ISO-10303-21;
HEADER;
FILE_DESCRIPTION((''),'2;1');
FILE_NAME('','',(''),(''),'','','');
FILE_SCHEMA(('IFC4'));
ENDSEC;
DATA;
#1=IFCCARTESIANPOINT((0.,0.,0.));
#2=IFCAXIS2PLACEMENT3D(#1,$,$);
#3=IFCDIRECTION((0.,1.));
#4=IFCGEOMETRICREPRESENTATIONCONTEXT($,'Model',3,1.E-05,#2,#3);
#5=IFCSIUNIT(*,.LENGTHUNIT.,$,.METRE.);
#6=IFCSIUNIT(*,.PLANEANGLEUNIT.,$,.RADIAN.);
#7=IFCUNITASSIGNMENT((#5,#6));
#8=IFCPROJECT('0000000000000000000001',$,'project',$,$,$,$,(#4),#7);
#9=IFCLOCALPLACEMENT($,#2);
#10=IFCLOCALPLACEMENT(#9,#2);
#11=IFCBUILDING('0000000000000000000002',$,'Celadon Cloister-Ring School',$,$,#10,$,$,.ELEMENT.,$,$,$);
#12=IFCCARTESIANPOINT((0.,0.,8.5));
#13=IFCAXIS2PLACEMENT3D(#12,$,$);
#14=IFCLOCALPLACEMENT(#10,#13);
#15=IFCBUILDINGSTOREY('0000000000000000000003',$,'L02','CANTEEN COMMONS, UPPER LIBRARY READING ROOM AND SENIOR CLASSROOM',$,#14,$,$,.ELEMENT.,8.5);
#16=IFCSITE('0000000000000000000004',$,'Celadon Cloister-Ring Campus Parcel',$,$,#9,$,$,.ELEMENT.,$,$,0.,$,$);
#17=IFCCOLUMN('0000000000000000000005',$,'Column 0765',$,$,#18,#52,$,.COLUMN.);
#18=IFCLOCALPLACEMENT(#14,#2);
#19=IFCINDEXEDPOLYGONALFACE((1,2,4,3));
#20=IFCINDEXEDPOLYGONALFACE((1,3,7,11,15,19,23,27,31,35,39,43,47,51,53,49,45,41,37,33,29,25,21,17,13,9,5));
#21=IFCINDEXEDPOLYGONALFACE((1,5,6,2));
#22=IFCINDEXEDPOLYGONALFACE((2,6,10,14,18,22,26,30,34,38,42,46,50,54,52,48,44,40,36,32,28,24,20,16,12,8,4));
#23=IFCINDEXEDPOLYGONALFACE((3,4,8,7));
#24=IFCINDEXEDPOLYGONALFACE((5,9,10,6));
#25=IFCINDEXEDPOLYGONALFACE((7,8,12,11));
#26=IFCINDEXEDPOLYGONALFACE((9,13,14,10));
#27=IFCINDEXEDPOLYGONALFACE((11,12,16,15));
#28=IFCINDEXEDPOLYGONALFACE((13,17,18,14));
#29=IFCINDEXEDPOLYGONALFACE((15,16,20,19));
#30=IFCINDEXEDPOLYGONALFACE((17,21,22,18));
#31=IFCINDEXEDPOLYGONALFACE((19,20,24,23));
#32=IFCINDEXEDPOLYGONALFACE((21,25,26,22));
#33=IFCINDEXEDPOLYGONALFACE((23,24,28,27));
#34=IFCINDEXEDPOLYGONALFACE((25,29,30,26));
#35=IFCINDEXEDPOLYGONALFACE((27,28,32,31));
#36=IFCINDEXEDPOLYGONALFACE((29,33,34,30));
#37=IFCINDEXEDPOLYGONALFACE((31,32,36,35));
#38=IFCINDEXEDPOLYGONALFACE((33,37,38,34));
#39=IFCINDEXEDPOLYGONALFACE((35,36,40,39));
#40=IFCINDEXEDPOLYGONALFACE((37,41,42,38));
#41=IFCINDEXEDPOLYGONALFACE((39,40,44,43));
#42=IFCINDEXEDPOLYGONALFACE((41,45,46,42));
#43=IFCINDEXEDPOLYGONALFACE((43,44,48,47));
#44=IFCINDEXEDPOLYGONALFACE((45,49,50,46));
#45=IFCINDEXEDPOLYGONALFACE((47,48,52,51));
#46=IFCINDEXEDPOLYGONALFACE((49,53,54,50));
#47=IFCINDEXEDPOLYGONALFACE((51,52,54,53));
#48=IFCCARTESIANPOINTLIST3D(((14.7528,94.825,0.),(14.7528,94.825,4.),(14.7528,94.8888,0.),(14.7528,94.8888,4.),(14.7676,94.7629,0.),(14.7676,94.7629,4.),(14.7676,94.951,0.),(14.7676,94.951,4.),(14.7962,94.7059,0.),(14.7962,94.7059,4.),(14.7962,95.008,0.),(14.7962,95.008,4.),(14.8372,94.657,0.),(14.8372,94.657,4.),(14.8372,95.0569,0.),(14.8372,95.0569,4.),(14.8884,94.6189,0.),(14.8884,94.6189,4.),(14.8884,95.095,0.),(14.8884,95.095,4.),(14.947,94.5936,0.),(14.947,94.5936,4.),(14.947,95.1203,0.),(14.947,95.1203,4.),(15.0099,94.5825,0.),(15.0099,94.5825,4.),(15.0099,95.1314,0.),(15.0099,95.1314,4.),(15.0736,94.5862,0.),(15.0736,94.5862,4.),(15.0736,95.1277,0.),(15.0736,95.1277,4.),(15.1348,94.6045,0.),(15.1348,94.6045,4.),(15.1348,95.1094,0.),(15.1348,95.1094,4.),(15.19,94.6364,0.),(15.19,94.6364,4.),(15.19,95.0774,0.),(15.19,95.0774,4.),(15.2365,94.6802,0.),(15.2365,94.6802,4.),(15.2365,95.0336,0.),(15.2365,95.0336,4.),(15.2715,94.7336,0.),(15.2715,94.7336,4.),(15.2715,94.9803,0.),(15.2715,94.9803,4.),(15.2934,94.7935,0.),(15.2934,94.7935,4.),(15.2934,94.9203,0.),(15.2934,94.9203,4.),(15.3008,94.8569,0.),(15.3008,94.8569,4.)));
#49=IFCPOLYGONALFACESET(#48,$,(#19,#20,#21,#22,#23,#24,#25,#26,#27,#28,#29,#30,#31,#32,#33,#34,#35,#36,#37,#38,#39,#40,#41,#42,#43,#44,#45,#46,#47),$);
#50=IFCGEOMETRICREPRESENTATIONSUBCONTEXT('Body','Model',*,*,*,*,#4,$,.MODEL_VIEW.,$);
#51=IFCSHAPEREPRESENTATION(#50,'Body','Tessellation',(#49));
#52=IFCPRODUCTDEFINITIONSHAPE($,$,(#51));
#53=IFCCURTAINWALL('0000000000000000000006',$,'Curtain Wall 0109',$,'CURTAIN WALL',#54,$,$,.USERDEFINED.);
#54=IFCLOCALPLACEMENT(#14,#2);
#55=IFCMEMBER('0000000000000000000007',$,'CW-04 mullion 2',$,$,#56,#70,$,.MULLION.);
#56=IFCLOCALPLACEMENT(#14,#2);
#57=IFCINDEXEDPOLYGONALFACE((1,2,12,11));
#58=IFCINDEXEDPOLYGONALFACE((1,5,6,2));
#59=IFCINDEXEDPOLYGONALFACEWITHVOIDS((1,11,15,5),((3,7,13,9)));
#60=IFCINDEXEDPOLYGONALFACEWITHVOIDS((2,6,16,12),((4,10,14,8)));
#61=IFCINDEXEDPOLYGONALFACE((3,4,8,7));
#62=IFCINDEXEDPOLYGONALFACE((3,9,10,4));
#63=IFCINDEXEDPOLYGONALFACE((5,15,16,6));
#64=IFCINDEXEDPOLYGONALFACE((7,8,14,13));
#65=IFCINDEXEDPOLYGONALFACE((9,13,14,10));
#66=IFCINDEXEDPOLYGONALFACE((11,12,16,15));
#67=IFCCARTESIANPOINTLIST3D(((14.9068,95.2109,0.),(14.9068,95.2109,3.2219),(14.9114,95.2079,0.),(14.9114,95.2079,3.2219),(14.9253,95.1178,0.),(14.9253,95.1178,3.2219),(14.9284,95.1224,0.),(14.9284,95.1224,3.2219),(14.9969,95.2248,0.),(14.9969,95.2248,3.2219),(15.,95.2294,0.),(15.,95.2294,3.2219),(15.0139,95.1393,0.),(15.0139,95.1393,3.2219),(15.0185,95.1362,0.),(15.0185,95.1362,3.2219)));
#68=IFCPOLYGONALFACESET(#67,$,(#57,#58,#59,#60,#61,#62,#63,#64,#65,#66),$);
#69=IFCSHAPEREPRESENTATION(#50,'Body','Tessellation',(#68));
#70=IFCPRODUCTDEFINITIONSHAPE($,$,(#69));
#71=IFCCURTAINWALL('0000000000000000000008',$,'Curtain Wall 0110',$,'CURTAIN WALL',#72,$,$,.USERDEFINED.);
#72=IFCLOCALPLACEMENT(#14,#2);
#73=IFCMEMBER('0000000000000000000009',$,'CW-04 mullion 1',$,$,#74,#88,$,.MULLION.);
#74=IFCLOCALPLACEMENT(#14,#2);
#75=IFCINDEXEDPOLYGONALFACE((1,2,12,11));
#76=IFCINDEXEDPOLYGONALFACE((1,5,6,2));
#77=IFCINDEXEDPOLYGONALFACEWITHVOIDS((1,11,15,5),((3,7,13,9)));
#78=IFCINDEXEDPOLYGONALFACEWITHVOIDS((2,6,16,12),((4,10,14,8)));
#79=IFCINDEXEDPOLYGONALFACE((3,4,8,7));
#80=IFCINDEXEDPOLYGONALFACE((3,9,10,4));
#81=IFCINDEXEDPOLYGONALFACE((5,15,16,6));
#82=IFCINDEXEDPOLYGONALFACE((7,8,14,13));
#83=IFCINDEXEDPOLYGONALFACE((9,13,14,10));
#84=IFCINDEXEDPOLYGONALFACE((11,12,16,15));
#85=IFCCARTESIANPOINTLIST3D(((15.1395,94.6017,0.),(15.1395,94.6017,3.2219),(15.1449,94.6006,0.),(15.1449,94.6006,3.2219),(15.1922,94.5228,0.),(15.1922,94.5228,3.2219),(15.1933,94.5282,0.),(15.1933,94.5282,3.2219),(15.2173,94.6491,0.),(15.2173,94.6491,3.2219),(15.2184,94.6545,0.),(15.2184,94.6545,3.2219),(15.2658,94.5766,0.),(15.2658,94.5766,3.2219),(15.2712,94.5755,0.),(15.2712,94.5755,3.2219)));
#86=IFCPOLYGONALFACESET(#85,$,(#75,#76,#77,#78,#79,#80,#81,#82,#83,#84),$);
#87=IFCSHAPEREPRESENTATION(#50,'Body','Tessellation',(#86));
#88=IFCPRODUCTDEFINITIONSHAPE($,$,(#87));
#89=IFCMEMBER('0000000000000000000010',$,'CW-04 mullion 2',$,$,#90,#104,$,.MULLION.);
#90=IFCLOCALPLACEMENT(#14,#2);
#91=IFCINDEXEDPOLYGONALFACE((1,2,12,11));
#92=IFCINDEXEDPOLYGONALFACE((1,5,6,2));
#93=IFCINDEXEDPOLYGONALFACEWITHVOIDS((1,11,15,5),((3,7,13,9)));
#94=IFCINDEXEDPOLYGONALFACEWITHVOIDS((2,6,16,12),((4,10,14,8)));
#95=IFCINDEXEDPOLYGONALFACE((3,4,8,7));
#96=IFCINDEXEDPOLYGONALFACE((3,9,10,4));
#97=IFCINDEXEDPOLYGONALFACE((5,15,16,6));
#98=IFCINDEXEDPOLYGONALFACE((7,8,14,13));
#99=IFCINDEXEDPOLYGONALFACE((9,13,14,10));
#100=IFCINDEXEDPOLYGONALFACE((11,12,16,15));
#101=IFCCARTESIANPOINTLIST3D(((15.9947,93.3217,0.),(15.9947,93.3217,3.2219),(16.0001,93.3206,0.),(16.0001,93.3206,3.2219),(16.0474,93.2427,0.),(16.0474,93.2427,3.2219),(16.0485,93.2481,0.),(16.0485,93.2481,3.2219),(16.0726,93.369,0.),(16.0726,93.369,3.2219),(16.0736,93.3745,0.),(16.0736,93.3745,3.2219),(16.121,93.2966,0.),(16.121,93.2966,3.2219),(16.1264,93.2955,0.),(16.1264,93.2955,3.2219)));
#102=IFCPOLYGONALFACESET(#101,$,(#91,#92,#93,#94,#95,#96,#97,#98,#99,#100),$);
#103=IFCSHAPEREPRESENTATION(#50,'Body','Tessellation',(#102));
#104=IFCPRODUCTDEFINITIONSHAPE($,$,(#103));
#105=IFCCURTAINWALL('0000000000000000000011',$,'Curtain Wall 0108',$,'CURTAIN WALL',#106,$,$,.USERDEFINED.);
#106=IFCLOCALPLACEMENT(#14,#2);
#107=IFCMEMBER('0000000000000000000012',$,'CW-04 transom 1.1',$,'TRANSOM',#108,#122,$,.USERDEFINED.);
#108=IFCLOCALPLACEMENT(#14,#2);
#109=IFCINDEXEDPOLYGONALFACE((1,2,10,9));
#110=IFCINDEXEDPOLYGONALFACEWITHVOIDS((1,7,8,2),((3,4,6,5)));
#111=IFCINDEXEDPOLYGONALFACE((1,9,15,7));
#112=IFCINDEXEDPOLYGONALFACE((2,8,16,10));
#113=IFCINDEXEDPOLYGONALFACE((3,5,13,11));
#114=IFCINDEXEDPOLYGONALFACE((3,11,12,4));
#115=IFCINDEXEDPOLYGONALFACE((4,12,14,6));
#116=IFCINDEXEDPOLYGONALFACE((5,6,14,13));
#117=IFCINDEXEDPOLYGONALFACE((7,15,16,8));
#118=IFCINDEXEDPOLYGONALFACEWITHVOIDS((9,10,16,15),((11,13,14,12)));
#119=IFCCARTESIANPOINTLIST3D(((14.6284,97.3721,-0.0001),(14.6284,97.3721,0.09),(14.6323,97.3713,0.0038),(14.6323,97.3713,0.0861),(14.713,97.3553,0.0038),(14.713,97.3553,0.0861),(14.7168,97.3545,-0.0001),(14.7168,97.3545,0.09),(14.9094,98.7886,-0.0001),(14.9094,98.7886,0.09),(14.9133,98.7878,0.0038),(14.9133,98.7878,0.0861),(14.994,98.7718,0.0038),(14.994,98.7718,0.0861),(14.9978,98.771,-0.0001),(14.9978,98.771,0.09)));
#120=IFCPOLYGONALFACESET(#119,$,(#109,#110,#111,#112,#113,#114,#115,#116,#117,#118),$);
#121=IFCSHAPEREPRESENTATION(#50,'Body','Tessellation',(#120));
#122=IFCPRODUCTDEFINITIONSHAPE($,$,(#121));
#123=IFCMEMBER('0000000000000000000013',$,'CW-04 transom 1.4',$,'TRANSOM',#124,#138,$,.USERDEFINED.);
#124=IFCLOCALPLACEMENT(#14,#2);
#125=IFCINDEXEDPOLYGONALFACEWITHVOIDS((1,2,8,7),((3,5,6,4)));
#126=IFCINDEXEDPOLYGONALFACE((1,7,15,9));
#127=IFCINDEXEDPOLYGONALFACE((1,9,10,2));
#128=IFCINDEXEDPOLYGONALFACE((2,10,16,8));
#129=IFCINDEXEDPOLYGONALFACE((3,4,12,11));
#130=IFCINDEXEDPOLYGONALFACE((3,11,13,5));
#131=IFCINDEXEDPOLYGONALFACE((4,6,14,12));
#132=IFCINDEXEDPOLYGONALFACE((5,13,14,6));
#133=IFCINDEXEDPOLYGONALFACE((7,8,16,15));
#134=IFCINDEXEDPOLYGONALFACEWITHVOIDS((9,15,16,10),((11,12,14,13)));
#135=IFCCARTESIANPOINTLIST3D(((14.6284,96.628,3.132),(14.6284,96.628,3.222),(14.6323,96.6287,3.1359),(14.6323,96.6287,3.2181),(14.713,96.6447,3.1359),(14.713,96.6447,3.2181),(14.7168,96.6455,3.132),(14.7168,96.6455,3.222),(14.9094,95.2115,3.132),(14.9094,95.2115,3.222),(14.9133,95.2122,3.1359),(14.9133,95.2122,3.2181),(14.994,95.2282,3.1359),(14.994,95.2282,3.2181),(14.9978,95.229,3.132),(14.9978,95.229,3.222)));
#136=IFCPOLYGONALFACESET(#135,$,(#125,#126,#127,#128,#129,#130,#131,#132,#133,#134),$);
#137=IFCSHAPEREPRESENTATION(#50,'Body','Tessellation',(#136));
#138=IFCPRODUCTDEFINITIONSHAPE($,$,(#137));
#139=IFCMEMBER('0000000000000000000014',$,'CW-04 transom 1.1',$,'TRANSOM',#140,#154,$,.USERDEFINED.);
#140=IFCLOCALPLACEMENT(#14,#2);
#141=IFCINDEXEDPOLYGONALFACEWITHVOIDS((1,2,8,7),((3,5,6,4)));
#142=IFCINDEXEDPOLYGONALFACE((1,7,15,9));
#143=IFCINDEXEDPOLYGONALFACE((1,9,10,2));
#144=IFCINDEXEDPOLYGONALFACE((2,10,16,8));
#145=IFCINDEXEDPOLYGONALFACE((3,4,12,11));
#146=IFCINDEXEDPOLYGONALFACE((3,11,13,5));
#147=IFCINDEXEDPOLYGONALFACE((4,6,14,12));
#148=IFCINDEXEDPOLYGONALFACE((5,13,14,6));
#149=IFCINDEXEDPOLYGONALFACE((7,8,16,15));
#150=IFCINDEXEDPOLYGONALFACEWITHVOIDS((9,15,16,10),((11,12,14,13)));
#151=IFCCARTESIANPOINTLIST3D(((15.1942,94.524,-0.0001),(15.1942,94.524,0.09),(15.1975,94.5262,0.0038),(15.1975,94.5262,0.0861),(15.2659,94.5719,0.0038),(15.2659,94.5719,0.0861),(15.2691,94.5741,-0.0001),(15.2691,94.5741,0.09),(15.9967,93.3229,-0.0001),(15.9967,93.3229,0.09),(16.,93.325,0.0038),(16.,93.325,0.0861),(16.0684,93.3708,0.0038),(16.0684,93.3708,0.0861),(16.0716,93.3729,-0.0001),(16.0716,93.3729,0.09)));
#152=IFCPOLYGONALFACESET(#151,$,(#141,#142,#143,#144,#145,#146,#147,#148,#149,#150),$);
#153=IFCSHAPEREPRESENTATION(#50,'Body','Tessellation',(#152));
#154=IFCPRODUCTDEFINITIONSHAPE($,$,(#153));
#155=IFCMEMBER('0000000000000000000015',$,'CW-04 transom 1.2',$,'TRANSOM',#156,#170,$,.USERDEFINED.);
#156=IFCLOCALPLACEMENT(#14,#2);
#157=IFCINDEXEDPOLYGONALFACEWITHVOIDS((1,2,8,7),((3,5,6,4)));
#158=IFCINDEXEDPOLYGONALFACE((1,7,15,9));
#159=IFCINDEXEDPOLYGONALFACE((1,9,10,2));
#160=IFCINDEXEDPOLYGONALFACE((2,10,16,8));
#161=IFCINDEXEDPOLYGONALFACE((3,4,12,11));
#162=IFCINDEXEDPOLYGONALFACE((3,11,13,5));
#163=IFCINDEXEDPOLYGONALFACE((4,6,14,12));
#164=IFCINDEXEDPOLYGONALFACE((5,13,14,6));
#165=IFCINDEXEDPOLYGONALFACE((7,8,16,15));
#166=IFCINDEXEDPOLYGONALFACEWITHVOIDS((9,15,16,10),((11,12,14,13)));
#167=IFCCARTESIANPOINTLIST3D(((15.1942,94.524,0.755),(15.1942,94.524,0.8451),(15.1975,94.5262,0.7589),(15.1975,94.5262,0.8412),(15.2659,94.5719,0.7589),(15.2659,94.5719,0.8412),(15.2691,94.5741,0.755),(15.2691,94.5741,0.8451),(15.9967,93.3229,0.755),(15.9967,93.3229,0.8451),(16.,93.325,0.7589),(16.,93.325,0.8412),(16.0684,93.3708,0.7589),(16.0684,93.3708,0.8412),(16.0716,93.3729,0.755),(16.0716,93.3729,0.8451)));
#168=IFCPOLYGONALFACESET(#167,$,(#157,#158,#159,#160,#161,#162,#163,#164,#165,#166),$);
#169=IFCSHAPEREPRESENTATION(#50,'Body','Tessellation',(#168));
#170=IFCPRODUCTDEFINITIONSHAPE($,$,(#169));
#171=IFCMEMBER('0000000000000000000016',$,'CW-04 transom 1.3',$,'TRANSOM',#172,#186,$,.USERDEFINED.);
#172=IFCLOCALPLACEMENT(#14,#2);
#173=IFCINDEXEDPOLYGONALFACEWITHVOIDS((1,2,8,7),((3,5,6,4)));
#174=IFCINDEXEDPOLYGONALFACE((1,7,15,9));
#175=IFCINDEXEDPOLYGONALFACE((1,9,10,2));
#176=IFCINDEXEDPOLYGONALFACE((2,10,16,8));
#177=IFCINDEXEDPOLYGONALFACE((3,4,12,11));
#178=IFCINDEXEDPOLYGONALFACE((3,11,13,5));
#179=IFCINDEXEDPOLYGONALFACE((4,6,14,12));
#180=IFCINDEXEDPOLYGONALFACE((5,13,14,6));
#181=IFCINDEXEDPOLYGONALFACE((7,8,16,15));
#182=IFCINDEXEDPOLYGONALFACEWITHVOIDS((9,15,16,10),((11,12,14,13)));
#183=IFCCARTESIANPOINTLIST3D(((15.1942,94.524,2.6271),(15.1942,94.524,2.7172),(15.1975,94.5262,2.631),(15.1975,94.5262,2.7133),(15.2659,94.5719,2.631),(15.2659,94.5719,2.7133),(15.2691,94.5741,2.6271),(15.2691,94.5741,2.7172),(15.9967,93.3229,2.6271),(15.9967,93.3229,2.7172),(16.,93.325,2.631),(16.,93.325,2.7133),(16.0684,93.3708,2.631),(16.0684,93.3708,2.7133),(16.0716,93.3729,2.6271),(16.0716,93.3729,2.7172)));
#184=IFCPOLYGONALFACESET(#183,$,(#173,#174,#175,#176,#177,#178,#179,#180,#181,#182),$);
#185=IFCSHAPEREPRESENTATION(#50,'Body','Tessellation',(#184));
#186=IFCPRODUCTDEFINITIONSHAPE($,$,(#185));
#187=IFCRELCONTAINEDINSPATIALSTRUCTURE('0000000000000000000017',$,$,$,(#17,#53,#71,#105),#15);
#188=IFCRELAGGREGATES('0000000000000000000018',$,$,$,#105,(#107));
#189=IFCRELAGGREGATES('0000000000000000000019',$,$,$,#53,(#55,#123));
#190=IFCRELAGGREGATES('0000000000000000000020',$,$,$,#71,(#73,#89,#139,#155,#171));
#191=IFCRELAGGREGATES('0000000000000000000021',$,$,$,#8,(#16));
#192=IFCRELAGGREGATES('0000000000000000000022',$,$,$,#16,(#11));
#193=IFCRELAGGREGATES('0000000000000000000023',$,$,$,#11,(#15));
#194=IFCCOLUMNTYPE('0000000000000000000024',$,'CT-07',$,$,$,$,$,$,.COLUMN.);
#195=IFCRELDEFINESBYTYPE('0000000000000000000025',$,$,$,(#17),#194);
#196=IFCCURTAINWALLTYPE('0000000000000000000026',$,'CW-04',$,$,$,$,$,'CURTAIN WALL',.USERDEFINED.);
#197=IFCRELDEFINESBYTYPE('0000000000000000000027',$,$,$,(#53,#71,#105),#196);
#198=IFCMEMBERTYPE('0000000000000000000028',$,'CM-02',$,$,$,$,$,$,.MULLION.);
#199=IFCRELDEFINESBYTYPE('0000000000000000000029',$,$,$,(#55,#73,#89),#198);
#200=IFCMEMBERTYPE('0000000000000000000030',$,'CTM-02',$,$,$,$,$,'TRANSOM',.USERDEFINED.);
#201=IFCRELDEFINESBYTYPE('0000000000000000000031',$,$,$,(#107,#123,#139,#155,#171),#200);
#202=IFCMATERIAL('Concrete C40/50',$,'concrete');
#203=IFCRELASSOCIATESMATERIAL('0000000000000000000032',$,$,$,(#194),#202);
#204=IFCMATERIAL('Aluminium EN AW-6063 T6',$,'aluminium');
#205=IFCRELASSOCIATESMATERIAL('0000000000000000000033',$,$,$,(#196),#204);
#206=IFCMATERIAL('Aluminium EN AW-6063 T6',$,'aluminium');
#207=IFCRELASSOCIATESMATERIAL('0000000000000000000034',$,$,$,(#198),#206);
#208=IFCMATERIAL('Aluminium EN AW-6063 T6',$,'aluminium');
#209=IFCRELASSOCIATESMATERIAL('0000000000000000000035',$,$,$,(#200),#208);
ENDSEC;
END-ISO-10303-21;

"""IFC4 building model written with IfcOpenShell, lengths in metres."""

from ifc_helpers import new_model, si_unit, direction, frame, origin, origin_2d, place, context, subcontext, project, spatial, hollow_rectangle, circle, extrude, material, material_profile, profile_set, type_object, element, aggregate, save


model = new_model("IFC4")

# Units and contexts
model_context = context("Model", 3, precision=1e-05, world=origin(), true_north=direction((0.0, 1.0)))
body_context = subcontext(model_context, "Body", "Model", "MODEL_VIEW")
ifc_project = project(units=[si_unit("LENGTHUNIT", "METRE"), si_unit("PLANEANGLEUNIT", "RADIAN")], contexts=[model_context])

# Site, building, storey
site_placement = place(None, origin())
site = spatial("IfcSite", under=ifc_project, at=site_placement, Name="Celadon Cloister-Ring Campus Parcel", CompositionType="ELEMENT", RefElevation=0.0)
building_placement = place(site_placement, origin())
building = spatial("IfcBuilding", under=site, at=building_placement, Name="Celadon Cloister-Ring School", CompositionType="ELEMENT")
storey_placement = place(building_placement, frame((0.0, 0.0, 8.5)))
storey = spatial("IfcBuildingStorey", under=building, at=storey_placement, Name="L02", Description="CANTEEN COMMONS, UPPER LIBRARY READING ROOM AND SENIOR CLASSROOM", CompositionType="ELEMENT", Elevation=8.5)

# Column
ifc_material_1 = material(Name="Concrete C40/50", Category="concrete")
ifc_material_profile_1 = material_profile(ifc_material_1, circle(Radius=0.2749, at=origin_2d()), Name="CIRC550")
ifc_profile_set_1 = profile_set([ifc_material_profile_1], Name="Concrete C40/50")
column_type = type_object("IfcColumnType", Name="CT-07", PredefinedType="COLUMN", material=ifc_profile_set_1)
column_placement = place(storey_placement, frame((15.0259, 94.8569, 0.0), z_axis=(0.0, 0.0, 1.0), x_axis=(1.0, 0.0, 0.0)))
element("IfcColumn", 1, at=column_placement, inside=storey, type_object=column_type, Name="Column 0765", PredefinedType="COLUMN", context=body_context, shape_type="SweptSolid", body=[
    extrude(circle(Radius=0.2749, at=origin_2d()), origin(), (0.0, 0.0, 1.0), 4.0),
])

# Curtain wall, member
ifc_material_2 = material(Name="Aluminium EN AW-6063 T6", Category="aluminium")
curtain_wall_type = type_object("IfcCurtainWallType", Name="CW-04", ElementType="CURTAIN WALL", PredefinedType="USERDEFINED", material=ifc_material_2)
curtain_wall_1_placement = place(storey_placement, origin())
curtain_wall_1 = element("IfcCurtainWall", 2, at=curtain_wall_1_placement, inside=storey, type_object=curtain_wall_type, Name="Curtain Wall 0109", ObjectType="CURTAIN WALL", PredefinedType="USERDEFINED")
ifc_material_3 = material(Name="Aluminium EN AW-6063 T6", Category="aluminium")
ifc_material_profile_2 = material_profile(ifc_material_3, hollow_rectangle(XDim=0.095, YDim=0.095, WallThickness=0.0039, at=origin_2d()), Name="RHS95X95X4")
ifc_profile_set_2 = profile_set([ifc_material_profile_2], Name="Aluminium EN AW-6063 T6")
member_type_1 = type_object("IfcMemberType", Name="CM-02", PredefinedType="MULLION", material=ifc_profile_set_2)
member_1_placement = place(storey_placement, frame((14.9626, 95.1736, 0.0), z_axis=(0.0, 0.0, 1.0), x_axis=(0.980885, 0.194586, 0.0)))
member_1 = element("IfcMember", 3, at=member_1_placement, type_object=member_type_1, Name="CW-04 mullion 2", PredefinedType="MULLION", context=body_context, shape_type="SweptSolid", body=[
    extrude(hollow_rectangle(XDim=0.095, YDim=0.095, WallThickness=0.0039, at=origin_2d()), origin(), (0.0, 0.0, 1.0), 3.2219),
])

# Curtain wall, members
curtain_wall_2_placement = place(storey_placement, origin())
curtain_wall_2 = element("IfcCurtainWall", 4, at=curtain_wall_2_placement, inside=storey, type_object=curtain_wall_type, Name="Curtain Wall 0110", ObjectType="CURTAIN WALL", PredefinedType="USERDEFINED")
member_2_placement = place(storey_placement, frame((15.2053, 94.5886, 0.0), z_axis=(0.0, 0.0, 1.0), x_axis=(0.831485, 0.555547, 0.0)))
member_2 = element("IfcMember", 5, at=member_2_placement, type_object=member_type_1, Name="CW-04 mullion 1", PredefinedType="MULLION", context=body_context, shape_type="SweptSolid", body=[
    extrude(hollow_rectangle(XDim=0.095, YDim=0.095, WallThickness=0.0039, at=origin_2d()), origin(), (0.0, 0.0, 1.0), 3.2219),
])
member_3_placement = place(storey_placement, frame((16.0605, 93.3086, 0.0), z_axis=(0.0, 0.0, 1.0), x_axis=(0.831485, 0.555547, 0.0)))
member_3 = element("IfcMember", 6, at=member_3_placement, type_object=member_type_1, Name="CW-04 mullion 2", PredefinedType="MULLION", context=body_context, shape_type="SweptSolid", body=[
    extrude(hollow_rectangle(XDim=0.095, YDim=0.095, WallThickness=0.0039, at=origin_2d()), origin(), (0.0, 0.0, 1.0), 3.2219),
])

# Curtain wall, member
curtain_wall_3_placement = place(storey_placement, origin())
curtain_wall_3 = element("IfcCurtainWall", 7, at=curtain_wall_3_placement, inside=storey, type_object=curtain_wall_type, Name="Curtain Wall 0108", ObjectType="CURTAIN WALL", PredefinedType="USERDEFINED")
ifc_material_4 = material(Name="Aluminium EN AW-6063 T6", Category="aluminium")
ifc_material_profile_3 = material_profile(ifc_material_4, hollow_rectangle(XDim=0.0901, YDim=0.0901, WallThickness=0.0039, at=origin_2d()), Name="RHS90X90X4")
ifc_profile_set_3 = profile_set([ifc_material_profile_3], Name="Aluminium EN AW-6063 T6")
member_type_2 = type_object("IfcMemberType", Name="CTM-02", ElementType="TRANSOM", PredefinedType="USERDEFINED", material=ifc_profile_set_3)
member_4_placement = place(storey_placement, frame((14.9536, 98.7798, 0.0449), z_axis=(-0.194588, -0.980885, 0.0), x_axis=(0.980885, -0.194588, 0.0)))
member_4 = element("IfcMember", 8, at=member_4_placement, type_object=member_type_2, Name="CW-04 transom 1.1", ObjectType="TRANSOM", PredefinedType="USERDEFINED", context=body_context, shape_type="SweptSolid", body=[
    extrude(hollow_rectangle(XDim=0.0901, YDim=0.0901, WallThickness=0.0039, at=origin_2d()), origin(), (0.0, 0.0, 1.0), 1.4441),
])

# Members
member_5_placement = place(storey_placement, frame((14.6726, 96.6367, 3.177), z_axis=(0.194588, -0.980885, 0.0), x_axis=(0.980885, 0.194588, 0.0)))
member_5 = element("IfcMember", 9, at=member_5_placement, type_object=member_type_2, Name="CW-04 transom 1.4", ObjectType="TRANSOM", PredefinedType="USERDEFINED", context=body_context, shape_type="SweptSolid", body=[
    extrude(hollow_rectangle(XDim=0.0901, YDim=0.0901, WallThickness=0.0039, at=origin_2d()), origin(), (0.0, 0.0, 1.0), 1.4441),
])
member_6_placement = place(storey_placement, frame((15.2317, 94.5491, 0.0449), z_axis=(0.555519, -0.831504, 0.0), x_axis=(0.831504, 0.555519, 0.0)))
member_6 = element("IfcMember", 10, at=member_6_placement, type_object=member_type_2, Name="CW-04 transom 1.1", ObjectType="TRANSOM", PredefinedType="USERDEFINED", context=body_context, shape_type="SweptSolid", body=[
    extrude(hollow_rectangle(XDim=0.0901, YDim=0.0901, WallThickness=0.0039, at=origin_2d()), origin(), (0.0, 0.0, 1.0), 1.4446),
])
member_7_placement = place(storey_placement, frame((15.2317, 94.5491, 0.8), z_axis=(0.555519, -0.831504, 0.0), x_axis=(0.831504, 0.555519, 0.0)))
member_7 = element("IfcMember", 11, at=member_7_placement, type_object=member_type_2, Name="CW-04 transom 1.2", ObjectType="TRANSOM", PredefinedType="USERDEFINED", context=body_context, shape_type="SweptSolid", body=[
    extrude(hollow_rectangle(XDim=0.0901, YDim=0.0901, WallThickness=0.0039, at=origin_2d()), origin(), (0.0, 0.0, 1.0), 1.4446),
])
member_8_placement = place(storey_placement, frame((15.2317, 94.5491, 2.6721), z_axis=(0.555519, -0.831504, 0.0), x_axis=(0.831504, 0.555519, 0.0)))
member_8 = element("IfcMember", 12, at=member_8_placement, type_object=member_type_2, Name="CW-04 transom 1.3", ObjectType="TRANSOM", PredefinedType="USERDEFINED", context=body_context, shape_type="SweptSolid", body=[
    extrude(hollow_rectangle(XDim=0.0901, YDim=0.0901, WallThickness=0.0039, at=origin_2d()), origin(), (0.0, 0.0, 1.0), 1.4446),
])

aggregate(curtain_wall_3, [member_4])
aggregate(curtain_wall_1, [member_1, member_5])
aggregate(curtain_wall_2, [member_2, member_3, member_6, member_7, member_8])

save(model, "model.ifc")
